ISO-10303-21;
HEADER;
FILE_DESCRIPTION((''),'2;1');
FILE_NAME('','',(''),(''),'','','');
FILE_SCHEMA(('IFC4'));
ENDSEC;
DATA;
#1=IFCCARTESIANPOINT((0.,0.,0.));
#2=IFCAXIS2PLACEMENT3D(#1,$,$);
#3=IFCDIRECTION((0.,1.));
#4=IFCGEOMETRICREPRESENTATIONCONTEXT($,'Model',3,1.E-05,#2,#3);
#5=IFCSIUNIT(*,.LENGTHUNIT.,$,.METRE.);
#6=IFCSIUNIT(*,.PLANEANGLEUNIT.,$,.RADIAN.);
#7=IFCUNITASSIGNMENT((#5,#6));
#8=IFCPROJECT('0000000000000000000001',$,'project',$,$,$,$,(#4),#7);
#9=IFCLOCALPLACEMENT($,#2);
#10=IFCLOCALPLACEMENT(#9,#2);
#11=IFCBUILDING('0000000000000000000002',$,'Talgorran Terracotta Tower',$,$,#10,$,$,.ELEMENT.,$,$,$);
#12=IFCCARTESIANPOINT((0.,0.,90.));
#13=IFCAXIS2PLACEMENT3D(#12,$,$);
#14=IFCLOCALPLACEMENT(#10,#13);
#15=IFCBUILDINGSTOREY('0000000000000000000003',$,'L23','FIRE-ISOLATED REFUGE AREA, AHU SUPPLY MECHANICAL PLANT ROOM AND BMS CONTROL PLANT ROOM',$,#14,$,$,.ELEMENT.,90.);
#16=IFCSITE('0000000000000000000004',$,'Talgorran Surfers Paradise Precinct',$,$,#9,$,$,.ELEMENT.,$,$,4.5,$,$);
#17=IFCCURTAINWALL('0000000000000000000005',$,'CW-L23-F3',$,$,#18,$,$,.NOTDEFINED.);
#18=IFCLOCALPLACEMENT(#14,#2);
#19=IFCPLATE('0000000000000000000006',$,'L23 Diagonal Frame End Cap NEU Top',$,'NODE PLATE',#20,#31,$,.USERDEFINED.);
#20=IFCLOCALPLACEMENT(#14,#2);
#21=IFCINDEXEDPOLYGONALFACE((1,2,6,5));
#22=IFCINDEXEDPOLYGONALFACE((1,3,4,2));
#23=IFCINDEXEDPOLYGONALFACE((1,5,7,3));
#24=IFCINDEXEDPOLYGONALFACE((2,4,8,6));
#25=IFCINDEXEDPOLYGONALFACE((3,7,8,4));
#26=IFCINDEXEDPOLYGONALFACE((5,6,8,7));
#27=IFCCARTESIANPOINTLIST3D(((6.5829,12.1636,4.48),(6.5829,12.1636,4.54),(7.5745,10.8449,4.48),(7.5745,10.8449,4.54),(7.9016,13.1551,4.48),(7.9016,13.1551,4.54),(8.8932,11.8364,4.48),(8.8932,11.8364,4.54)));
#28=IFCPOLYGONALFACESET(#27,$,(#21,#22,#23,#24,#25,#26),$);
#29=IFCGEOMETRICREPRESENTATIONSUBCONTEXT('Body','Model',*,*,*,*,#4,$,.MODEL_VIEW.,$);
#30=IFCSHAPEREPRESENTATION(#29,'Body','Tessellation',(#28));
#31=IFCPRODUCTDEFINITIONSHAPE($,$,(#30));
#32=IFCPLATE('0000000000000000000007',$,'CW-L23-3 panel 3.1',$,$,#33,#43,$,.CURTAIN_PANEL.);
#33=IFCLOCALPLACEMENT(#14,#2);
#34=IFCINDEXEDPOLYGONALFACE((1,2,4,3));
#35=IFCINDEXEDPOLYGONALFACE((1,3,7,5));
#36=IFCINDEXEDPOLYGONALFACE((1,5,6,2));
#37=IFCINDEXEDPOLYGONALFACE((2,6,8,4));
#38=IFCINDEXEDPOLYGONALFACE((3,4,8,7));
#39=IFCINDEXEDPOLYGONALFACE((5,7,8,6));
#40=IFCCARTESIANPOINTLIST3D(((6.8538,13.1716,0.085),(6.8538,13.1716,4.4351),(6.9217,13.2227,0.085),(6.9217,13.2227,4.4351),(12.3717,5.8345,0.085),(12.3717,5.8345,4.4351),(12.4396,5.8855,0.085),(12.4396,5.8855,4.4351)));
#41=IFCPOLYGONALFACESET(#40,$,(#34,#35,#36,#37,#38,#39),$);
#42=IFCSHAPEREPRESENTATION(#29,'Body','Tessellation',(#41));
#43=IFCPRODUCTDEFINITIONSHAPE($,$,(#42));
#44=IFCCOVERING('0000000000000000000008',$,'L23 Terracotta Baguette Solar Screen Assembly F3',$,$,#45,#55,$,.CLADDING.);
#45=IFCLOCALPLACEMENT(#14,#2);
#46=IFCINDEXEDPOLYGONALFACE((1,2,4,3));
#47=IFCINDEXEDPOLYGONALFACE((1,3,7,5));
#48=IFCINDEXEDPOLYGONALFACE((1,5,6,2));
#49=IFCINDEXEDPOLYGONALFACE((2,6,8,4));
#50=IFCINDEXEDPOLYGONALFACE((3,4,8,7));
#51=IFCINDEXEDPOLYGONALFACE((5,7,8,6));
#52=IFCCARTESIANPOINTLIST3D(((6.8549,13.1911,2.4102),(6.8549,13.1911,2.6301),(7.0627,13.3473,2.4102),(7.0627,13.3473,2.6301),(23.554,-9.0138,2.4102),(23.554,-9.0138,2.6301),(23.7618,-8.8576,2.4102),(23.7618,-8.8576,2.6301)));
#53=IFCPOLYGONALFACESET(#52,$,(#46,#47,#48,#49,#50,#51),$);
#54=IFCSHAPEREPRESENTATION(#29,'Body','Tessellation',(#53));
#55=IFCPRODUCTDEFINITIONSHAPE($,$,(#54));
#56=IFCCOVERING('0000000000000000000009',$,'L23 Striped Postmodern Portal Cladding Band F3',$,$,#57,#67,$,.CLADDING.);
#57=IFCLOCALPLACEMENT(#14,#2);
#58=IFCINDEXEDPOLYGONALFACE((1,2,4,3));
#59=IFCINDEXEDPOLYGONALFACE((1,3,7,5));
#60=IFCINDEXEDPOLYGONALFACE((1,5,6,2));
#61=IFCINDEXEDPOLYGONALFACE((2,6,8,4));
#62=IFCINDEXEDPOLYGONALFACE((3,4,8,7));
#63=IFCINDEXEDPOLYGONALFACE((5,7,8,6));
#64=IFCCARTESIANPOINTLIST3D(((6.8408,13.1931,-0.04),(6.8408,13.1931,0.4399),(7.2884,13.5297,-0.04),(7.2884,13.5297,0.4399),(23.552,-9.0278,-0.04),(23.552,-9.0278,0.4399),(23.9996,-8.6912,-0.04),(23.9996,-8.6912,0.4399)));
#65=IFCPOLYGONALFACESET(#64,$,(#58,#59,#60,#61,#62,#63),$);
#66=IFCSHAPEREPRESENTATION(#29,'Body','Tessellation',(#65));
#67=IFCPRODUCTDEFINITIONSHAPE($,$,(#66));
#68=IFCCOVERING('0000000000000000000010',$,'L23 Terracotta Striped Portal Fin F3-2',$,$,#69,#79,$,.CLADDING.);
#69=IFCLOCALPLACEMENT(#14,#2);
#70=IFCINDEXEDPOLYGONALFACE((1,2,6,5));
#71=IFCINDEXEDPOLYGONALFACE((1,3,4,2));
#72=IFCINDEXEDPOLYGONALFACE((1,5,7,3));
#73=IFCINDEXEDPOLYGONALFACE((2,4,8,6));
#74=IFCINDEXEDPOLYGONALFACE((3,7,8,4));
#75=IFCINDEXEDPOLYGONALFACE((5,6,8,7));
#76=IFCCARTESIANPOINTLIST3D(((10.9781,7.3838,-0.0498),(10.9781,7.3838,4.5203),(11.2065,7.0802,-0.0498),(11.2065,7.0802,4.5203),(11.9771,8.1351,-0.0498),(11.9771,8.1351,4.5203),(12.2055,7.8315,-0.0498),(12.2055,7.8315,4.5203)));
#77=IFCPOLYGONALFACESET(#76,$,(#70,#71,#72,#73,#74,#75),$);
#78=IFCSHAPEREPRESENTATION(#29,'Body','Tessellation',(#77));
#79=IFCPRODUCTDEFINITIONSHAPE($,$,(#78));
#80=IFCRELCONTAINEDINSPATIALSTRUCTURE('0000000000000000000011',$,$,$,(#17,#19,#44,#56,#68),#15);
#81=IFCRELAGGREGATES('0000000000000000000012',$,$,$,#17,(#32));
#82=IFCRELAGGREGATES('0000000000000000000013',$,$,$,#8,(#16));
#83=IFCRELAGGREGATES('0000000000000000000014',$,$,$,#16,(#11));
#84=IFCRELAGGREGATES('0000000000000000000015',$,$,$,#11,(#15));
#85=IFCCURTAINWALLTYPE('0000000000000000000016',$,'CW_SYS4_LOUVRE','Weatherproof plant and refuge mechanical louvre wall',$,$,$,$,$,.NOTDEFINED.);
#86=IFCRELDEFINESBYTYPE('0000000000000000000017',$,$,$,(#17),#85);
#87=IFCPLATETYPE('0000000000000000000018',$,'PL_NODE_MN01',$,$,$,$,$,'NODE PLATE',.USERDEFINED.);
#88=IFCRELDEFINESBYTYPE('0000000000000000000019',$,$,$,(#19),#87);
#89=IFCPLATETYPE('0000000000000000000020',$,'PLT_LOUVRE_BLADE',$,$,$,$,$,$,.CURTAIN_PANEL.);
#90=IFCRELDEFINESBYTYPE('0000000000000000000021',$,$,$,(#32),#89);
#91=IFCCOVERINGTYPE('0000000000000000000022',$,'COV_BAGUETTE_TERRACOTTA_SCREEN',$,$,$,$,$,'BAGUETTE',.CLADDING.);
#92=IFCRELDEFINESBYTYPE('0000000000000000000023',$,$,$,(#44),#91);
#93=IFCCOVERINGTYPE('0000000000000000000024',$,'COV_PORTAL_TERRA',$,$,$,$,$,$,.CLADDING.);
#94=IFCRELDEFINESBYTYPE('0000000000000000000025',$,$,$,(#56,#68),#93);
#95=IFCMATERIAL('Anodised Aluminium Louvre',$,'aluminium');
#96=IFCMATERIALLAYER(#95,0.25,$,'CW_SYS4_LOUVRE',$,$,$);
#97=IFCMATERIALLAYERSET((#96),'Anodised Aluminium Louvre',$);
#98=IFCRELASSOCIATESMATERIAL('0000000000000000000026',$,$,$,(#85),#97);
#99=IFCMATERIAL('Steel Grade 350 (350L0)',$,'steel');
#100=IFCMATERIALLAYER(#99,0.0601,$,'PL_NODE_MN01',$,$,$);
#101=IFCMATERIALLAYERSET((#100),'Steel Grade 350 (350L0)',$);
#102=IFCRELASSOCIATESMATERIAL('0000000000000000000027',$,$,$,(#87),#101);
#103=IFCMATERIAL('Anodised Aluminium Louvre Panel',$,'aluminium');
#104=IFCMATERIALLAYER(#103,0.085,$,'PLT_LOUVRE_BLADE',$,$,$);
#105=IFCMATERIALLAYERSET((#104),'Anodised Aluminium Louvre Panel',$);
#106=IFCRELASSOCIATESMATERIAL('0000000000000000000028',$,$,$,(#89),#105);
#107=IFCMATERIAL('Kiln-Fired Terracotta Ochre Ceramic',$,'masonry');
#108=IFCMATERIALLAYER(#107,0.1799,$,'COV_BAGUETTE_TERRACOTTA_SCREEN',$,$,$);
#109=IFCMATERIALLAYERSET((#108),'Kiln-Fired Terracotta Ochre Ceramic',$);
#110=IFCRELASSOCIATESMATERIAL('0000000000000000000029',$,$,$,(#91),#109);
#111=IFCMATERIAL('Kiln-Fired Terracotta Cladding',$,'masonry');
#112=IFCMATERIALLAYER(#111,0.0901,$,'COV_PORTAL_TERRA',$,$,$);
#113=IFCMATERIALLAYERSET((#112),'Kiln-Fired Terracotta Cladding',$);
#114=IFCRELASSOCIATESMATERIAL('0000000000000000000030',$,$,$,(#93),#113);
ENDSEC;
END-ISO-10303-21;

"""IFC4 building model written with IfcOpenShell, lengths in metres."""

from ifc_helpers import new_model, si_unit, direction, frame, origin, origin_2d, place, context, subcontext, project, spatial, rectangle, extrude, source, transform, mapped, material, layer, layer_set, type_object, type_shapes, element, aggregate, save


model = new_model("IFC4")

# Units and contexts
model_context = context("Model", 3, precision=1e-05, world=origin(), true_north=direction((0.0, 1.0)))
body_context = subcontext(model_context, "Body", "Model", "MODEL_VIEW")
ifc_project = project(units=[si_unit("LENGTHUNIT", "METRE"), si_unit("PLANEANGLEUNIT", "RADIAN")], contexts=[model_context])

# Site, building, storey
site_placement = place(None, origin())
site = spatial("IfcSite", under=ifc_project, at=site_placement, Name="Talgorran Surfers Paradise Precinct", CompositionType="ELEMENT", RefElevation=4.5)
building_placement = place(site_placement, origin())
building = spatial("IfcBuilding", under=site, at=building_placement, Name="Talgorran Terracotta Tower", CompositionType="ELEMENT")
storey_placement = place(building_placement, frame((0.0, 0.0, 90.0)))
storey = spatial("IfcBuildingStorey", under=building, at=storey_placement, Name="L23", Description="FIRE-ISOLATED REFUGE AREA, AHU SUPPLY MECHANICAL PLANT ROOM AND BMS CONTROL PLANT ROOM", CompositionType="ELEMENT", Elevation=90.0)

# Shared definitions
ifc_material_1 = material(Name="Steel Grade 350 (350L0)", Category="steel")

# Curtain wall
ifc_material_2 = material(Name="Anodised Aluminium Louvre", Category="aluminium")
ifc_layer_1 = layer(ifc_material_2, 0.25, Name="CW_SYS4_LOUVRE")
ifc_layer_set_1 = layer_set([ifc_layer_1], Name="Anodised Aluminium Louvre")
curtain_wall_type = type_object("IfcCurtainWallType", Name="CW_SYS4_LOUVRE", Description="Weatherproof plant and refuge mechanical louvre wall", PredefinedType="NOTDEFINED", material=ifc_layer_set_1)
curtain_wall_placement = place(storey_placement, origin())
curtain_wall = element("IfcCurtainWall", 1, at=curtain_wall_placement, inside=storey, type_object=curtain_wall_type, Name="CW-L23-F3", PredefinedType="NOTDEFINED")

# Plate
ifc_layer_2 = layer(ifc_material_1, 0.0601, Name="PL_NODE_MN01")
ifc_layer_set_2 = layer_set([ifc_layer_2], Name="Steel Grade 350 (350L0)")
plate_type_1 = type_object("IfcPlateType", Name="PL_NODE_MN01", ElementType="NODE PLATE", PredefinedType="USERDEFINED", material=ifc_layer_set_2)
for number, where, z_axis, x_axis, name in (
    (2, (7.738, 12.0, 4.48), (0.0, 0.0, 1.0), (-0.600978, 0.799265, 0.0), "L23 Diagonal Frame End Cap NEU Top"),
):
    element("IfcPlate", number, at=place(storey_placement, frame(where, z_axis=z_axis, x_axis=x_axis)), inside=storey, type_object=plate_type_1, Name=name, ObjectType="NODE PLATE", PredefinedType="USERDEFINED", context=body_context, shape_type="SweptSolid", body=[
        extrude(rectangle(XDim=1.6499, YDim=1.6499, at=origin_2d()), origin(), (0.0, 0.0, 1.0), 0.0601),
    ])

# Plate
ifc_material_3 = material(Name="Anodised Aluminium Louvre Panel", Category="aluminium")
ifc_layer_3 = layer(ifc_material_3, 0.085, Name="PLT_LOUVRE_BLADE")
ifc_layer_set_3 = layer_set([ifc_layer_3], Name="Anodised Aluminium Louvre Panel")
plate_type_2 = type_object("IfcPlateType", Name="PLT_LOUVRE_BLADE", PredefinedType="CURTAIN_PANEL", material=ifc_layer_set_3)
shared_shape = source(origin(), body_context, "Body", "SweptSolid", [
    extrude(rectangle(XDim=9.1804, YDim=0.085, at=origin_2d()), origin(), (0.0, 0.0, 1.0), 4.3501),
])
type_shapes(plate_type_2, [shared_shape])
plate_1_placement = place(storey_placement, frame((9.6467, 9.5286, 0.085), z_axis=(0.0, 0.0, 1.0), x_axis=(-0.601047, 0.799214, 0.0)))
plate_1 = element("IfcPlate", 3, at=plate_1_placement, type_object=plate_type_2, Name="CW-L23-3 panel 3.1", PredefinedType="CURTAIN_PANEL", context=body_context, shape_type="MappedRepresentation", body=[
    mapped(shared_shape, transform((0.0, 0.0, 0.0), scale=1.0)),
])
aggregate(curtain_wall, [plate_1])

# Coverings
ifc_material_4 = material(Name="Kiln-Fired Terracotta Ochre Ceramic", Category="masonry")
ifc_layer_4 = layer(ifc_material_4, 0.1799, Name="COV_BAGUETTE_TERRACOTTA_SCREEN")
ifc_layer_set_4 = layer_set([ifc_layer_4], Name="Kiln-Fired Terracotta Ochre Ceramic")
covering_type_1 = type_object("IfcCoveringType", Name="COV_BAGUETTE_TERRACOTTA_SCREEN", ElementType="BAGUETTE", PredefinedType="CLADDING", material=ifc_layer_set_4)
covering_1_placement = place(storey_placement, frame((15.3083, 2.1667, 2.4102), z_axis=(0.0, 0.0, 1.0), x_axis=(-0.601048, 0.799213, 0.0)))
element("IfcCovering", 4, at=covering_1_placement, inside=storey, type_object=covering_type_1, Name="L23 Terracotta Baguette Solar Screen Assembly F3", PredefinedType="CLADDING", context=body_context, shape_type="SweptSolid", body=[
    extrude(rectangle(XDim=27.7834, YDim=0.26, at=origin_2d()), origin(), (0.0, 0.0, 1.0), 0.22),
])
ifc_material_5 = material(Name="Kiln-Fired Terracotta Cladding", Category="masonry")
ifc_layer_5 = layer(ifc_material_5, 0.0901, Name="COV_PORTAL_TERRA")
ifc_layer_set_5 = layer_set([ifc_layer_5], Name="Kiln-Fired Terracotta Cladding")
covering_type_2 = type_object("IfcCoveringType", Name="COV_PORTAL_TERRA", PredefinedType="CLADDING", material=ifc_layer_set_5)
covering_2_placement = place(storey_placement, frame((15.4202, 2.251, -0.04), z_axis=(0.0, 0.0, 1.0), x_axis=(-0.601048, 0.799213, 0.0)))
element("IfcCovering", 5, at=covering_2_placement, inside=storey, type_object=covering_type_2, Name="L23 Striped Postmodern Portal Cladding Band F3", PredefinedType="CLADDING", context=body_context, shape_type="SweptSolid", body=[
    extrude(rectangle(XDim=27.8035, YDim=0.5601, at=origin_2d()), origin(), (0.0, 0.0, 1.0), 0.48),
])
covering_3_placement = place(storey_placement, frame((11.5918, 7.6077, -0.0498), z_axis=(0.0, 0.0, 1.0), x_axis=(-0.601048, 0.799213, 0.0)))
element("IfcCovering", 6, at=covering_3_placement, inside=storey, type_object=covering_type_2, Name="L23 Terracotta Striped Portal Fin F3-2", PredefinedType="CLADDING", context=body_context, shape_type="SweptSolid", body=[
    extrude(rectangle(XDim=0.3799, YDim=1.25, at=origin_2d()), origin(), (0.0, 0.0, 1.0), 4.5701),
])

save(model, "model.ifc")
